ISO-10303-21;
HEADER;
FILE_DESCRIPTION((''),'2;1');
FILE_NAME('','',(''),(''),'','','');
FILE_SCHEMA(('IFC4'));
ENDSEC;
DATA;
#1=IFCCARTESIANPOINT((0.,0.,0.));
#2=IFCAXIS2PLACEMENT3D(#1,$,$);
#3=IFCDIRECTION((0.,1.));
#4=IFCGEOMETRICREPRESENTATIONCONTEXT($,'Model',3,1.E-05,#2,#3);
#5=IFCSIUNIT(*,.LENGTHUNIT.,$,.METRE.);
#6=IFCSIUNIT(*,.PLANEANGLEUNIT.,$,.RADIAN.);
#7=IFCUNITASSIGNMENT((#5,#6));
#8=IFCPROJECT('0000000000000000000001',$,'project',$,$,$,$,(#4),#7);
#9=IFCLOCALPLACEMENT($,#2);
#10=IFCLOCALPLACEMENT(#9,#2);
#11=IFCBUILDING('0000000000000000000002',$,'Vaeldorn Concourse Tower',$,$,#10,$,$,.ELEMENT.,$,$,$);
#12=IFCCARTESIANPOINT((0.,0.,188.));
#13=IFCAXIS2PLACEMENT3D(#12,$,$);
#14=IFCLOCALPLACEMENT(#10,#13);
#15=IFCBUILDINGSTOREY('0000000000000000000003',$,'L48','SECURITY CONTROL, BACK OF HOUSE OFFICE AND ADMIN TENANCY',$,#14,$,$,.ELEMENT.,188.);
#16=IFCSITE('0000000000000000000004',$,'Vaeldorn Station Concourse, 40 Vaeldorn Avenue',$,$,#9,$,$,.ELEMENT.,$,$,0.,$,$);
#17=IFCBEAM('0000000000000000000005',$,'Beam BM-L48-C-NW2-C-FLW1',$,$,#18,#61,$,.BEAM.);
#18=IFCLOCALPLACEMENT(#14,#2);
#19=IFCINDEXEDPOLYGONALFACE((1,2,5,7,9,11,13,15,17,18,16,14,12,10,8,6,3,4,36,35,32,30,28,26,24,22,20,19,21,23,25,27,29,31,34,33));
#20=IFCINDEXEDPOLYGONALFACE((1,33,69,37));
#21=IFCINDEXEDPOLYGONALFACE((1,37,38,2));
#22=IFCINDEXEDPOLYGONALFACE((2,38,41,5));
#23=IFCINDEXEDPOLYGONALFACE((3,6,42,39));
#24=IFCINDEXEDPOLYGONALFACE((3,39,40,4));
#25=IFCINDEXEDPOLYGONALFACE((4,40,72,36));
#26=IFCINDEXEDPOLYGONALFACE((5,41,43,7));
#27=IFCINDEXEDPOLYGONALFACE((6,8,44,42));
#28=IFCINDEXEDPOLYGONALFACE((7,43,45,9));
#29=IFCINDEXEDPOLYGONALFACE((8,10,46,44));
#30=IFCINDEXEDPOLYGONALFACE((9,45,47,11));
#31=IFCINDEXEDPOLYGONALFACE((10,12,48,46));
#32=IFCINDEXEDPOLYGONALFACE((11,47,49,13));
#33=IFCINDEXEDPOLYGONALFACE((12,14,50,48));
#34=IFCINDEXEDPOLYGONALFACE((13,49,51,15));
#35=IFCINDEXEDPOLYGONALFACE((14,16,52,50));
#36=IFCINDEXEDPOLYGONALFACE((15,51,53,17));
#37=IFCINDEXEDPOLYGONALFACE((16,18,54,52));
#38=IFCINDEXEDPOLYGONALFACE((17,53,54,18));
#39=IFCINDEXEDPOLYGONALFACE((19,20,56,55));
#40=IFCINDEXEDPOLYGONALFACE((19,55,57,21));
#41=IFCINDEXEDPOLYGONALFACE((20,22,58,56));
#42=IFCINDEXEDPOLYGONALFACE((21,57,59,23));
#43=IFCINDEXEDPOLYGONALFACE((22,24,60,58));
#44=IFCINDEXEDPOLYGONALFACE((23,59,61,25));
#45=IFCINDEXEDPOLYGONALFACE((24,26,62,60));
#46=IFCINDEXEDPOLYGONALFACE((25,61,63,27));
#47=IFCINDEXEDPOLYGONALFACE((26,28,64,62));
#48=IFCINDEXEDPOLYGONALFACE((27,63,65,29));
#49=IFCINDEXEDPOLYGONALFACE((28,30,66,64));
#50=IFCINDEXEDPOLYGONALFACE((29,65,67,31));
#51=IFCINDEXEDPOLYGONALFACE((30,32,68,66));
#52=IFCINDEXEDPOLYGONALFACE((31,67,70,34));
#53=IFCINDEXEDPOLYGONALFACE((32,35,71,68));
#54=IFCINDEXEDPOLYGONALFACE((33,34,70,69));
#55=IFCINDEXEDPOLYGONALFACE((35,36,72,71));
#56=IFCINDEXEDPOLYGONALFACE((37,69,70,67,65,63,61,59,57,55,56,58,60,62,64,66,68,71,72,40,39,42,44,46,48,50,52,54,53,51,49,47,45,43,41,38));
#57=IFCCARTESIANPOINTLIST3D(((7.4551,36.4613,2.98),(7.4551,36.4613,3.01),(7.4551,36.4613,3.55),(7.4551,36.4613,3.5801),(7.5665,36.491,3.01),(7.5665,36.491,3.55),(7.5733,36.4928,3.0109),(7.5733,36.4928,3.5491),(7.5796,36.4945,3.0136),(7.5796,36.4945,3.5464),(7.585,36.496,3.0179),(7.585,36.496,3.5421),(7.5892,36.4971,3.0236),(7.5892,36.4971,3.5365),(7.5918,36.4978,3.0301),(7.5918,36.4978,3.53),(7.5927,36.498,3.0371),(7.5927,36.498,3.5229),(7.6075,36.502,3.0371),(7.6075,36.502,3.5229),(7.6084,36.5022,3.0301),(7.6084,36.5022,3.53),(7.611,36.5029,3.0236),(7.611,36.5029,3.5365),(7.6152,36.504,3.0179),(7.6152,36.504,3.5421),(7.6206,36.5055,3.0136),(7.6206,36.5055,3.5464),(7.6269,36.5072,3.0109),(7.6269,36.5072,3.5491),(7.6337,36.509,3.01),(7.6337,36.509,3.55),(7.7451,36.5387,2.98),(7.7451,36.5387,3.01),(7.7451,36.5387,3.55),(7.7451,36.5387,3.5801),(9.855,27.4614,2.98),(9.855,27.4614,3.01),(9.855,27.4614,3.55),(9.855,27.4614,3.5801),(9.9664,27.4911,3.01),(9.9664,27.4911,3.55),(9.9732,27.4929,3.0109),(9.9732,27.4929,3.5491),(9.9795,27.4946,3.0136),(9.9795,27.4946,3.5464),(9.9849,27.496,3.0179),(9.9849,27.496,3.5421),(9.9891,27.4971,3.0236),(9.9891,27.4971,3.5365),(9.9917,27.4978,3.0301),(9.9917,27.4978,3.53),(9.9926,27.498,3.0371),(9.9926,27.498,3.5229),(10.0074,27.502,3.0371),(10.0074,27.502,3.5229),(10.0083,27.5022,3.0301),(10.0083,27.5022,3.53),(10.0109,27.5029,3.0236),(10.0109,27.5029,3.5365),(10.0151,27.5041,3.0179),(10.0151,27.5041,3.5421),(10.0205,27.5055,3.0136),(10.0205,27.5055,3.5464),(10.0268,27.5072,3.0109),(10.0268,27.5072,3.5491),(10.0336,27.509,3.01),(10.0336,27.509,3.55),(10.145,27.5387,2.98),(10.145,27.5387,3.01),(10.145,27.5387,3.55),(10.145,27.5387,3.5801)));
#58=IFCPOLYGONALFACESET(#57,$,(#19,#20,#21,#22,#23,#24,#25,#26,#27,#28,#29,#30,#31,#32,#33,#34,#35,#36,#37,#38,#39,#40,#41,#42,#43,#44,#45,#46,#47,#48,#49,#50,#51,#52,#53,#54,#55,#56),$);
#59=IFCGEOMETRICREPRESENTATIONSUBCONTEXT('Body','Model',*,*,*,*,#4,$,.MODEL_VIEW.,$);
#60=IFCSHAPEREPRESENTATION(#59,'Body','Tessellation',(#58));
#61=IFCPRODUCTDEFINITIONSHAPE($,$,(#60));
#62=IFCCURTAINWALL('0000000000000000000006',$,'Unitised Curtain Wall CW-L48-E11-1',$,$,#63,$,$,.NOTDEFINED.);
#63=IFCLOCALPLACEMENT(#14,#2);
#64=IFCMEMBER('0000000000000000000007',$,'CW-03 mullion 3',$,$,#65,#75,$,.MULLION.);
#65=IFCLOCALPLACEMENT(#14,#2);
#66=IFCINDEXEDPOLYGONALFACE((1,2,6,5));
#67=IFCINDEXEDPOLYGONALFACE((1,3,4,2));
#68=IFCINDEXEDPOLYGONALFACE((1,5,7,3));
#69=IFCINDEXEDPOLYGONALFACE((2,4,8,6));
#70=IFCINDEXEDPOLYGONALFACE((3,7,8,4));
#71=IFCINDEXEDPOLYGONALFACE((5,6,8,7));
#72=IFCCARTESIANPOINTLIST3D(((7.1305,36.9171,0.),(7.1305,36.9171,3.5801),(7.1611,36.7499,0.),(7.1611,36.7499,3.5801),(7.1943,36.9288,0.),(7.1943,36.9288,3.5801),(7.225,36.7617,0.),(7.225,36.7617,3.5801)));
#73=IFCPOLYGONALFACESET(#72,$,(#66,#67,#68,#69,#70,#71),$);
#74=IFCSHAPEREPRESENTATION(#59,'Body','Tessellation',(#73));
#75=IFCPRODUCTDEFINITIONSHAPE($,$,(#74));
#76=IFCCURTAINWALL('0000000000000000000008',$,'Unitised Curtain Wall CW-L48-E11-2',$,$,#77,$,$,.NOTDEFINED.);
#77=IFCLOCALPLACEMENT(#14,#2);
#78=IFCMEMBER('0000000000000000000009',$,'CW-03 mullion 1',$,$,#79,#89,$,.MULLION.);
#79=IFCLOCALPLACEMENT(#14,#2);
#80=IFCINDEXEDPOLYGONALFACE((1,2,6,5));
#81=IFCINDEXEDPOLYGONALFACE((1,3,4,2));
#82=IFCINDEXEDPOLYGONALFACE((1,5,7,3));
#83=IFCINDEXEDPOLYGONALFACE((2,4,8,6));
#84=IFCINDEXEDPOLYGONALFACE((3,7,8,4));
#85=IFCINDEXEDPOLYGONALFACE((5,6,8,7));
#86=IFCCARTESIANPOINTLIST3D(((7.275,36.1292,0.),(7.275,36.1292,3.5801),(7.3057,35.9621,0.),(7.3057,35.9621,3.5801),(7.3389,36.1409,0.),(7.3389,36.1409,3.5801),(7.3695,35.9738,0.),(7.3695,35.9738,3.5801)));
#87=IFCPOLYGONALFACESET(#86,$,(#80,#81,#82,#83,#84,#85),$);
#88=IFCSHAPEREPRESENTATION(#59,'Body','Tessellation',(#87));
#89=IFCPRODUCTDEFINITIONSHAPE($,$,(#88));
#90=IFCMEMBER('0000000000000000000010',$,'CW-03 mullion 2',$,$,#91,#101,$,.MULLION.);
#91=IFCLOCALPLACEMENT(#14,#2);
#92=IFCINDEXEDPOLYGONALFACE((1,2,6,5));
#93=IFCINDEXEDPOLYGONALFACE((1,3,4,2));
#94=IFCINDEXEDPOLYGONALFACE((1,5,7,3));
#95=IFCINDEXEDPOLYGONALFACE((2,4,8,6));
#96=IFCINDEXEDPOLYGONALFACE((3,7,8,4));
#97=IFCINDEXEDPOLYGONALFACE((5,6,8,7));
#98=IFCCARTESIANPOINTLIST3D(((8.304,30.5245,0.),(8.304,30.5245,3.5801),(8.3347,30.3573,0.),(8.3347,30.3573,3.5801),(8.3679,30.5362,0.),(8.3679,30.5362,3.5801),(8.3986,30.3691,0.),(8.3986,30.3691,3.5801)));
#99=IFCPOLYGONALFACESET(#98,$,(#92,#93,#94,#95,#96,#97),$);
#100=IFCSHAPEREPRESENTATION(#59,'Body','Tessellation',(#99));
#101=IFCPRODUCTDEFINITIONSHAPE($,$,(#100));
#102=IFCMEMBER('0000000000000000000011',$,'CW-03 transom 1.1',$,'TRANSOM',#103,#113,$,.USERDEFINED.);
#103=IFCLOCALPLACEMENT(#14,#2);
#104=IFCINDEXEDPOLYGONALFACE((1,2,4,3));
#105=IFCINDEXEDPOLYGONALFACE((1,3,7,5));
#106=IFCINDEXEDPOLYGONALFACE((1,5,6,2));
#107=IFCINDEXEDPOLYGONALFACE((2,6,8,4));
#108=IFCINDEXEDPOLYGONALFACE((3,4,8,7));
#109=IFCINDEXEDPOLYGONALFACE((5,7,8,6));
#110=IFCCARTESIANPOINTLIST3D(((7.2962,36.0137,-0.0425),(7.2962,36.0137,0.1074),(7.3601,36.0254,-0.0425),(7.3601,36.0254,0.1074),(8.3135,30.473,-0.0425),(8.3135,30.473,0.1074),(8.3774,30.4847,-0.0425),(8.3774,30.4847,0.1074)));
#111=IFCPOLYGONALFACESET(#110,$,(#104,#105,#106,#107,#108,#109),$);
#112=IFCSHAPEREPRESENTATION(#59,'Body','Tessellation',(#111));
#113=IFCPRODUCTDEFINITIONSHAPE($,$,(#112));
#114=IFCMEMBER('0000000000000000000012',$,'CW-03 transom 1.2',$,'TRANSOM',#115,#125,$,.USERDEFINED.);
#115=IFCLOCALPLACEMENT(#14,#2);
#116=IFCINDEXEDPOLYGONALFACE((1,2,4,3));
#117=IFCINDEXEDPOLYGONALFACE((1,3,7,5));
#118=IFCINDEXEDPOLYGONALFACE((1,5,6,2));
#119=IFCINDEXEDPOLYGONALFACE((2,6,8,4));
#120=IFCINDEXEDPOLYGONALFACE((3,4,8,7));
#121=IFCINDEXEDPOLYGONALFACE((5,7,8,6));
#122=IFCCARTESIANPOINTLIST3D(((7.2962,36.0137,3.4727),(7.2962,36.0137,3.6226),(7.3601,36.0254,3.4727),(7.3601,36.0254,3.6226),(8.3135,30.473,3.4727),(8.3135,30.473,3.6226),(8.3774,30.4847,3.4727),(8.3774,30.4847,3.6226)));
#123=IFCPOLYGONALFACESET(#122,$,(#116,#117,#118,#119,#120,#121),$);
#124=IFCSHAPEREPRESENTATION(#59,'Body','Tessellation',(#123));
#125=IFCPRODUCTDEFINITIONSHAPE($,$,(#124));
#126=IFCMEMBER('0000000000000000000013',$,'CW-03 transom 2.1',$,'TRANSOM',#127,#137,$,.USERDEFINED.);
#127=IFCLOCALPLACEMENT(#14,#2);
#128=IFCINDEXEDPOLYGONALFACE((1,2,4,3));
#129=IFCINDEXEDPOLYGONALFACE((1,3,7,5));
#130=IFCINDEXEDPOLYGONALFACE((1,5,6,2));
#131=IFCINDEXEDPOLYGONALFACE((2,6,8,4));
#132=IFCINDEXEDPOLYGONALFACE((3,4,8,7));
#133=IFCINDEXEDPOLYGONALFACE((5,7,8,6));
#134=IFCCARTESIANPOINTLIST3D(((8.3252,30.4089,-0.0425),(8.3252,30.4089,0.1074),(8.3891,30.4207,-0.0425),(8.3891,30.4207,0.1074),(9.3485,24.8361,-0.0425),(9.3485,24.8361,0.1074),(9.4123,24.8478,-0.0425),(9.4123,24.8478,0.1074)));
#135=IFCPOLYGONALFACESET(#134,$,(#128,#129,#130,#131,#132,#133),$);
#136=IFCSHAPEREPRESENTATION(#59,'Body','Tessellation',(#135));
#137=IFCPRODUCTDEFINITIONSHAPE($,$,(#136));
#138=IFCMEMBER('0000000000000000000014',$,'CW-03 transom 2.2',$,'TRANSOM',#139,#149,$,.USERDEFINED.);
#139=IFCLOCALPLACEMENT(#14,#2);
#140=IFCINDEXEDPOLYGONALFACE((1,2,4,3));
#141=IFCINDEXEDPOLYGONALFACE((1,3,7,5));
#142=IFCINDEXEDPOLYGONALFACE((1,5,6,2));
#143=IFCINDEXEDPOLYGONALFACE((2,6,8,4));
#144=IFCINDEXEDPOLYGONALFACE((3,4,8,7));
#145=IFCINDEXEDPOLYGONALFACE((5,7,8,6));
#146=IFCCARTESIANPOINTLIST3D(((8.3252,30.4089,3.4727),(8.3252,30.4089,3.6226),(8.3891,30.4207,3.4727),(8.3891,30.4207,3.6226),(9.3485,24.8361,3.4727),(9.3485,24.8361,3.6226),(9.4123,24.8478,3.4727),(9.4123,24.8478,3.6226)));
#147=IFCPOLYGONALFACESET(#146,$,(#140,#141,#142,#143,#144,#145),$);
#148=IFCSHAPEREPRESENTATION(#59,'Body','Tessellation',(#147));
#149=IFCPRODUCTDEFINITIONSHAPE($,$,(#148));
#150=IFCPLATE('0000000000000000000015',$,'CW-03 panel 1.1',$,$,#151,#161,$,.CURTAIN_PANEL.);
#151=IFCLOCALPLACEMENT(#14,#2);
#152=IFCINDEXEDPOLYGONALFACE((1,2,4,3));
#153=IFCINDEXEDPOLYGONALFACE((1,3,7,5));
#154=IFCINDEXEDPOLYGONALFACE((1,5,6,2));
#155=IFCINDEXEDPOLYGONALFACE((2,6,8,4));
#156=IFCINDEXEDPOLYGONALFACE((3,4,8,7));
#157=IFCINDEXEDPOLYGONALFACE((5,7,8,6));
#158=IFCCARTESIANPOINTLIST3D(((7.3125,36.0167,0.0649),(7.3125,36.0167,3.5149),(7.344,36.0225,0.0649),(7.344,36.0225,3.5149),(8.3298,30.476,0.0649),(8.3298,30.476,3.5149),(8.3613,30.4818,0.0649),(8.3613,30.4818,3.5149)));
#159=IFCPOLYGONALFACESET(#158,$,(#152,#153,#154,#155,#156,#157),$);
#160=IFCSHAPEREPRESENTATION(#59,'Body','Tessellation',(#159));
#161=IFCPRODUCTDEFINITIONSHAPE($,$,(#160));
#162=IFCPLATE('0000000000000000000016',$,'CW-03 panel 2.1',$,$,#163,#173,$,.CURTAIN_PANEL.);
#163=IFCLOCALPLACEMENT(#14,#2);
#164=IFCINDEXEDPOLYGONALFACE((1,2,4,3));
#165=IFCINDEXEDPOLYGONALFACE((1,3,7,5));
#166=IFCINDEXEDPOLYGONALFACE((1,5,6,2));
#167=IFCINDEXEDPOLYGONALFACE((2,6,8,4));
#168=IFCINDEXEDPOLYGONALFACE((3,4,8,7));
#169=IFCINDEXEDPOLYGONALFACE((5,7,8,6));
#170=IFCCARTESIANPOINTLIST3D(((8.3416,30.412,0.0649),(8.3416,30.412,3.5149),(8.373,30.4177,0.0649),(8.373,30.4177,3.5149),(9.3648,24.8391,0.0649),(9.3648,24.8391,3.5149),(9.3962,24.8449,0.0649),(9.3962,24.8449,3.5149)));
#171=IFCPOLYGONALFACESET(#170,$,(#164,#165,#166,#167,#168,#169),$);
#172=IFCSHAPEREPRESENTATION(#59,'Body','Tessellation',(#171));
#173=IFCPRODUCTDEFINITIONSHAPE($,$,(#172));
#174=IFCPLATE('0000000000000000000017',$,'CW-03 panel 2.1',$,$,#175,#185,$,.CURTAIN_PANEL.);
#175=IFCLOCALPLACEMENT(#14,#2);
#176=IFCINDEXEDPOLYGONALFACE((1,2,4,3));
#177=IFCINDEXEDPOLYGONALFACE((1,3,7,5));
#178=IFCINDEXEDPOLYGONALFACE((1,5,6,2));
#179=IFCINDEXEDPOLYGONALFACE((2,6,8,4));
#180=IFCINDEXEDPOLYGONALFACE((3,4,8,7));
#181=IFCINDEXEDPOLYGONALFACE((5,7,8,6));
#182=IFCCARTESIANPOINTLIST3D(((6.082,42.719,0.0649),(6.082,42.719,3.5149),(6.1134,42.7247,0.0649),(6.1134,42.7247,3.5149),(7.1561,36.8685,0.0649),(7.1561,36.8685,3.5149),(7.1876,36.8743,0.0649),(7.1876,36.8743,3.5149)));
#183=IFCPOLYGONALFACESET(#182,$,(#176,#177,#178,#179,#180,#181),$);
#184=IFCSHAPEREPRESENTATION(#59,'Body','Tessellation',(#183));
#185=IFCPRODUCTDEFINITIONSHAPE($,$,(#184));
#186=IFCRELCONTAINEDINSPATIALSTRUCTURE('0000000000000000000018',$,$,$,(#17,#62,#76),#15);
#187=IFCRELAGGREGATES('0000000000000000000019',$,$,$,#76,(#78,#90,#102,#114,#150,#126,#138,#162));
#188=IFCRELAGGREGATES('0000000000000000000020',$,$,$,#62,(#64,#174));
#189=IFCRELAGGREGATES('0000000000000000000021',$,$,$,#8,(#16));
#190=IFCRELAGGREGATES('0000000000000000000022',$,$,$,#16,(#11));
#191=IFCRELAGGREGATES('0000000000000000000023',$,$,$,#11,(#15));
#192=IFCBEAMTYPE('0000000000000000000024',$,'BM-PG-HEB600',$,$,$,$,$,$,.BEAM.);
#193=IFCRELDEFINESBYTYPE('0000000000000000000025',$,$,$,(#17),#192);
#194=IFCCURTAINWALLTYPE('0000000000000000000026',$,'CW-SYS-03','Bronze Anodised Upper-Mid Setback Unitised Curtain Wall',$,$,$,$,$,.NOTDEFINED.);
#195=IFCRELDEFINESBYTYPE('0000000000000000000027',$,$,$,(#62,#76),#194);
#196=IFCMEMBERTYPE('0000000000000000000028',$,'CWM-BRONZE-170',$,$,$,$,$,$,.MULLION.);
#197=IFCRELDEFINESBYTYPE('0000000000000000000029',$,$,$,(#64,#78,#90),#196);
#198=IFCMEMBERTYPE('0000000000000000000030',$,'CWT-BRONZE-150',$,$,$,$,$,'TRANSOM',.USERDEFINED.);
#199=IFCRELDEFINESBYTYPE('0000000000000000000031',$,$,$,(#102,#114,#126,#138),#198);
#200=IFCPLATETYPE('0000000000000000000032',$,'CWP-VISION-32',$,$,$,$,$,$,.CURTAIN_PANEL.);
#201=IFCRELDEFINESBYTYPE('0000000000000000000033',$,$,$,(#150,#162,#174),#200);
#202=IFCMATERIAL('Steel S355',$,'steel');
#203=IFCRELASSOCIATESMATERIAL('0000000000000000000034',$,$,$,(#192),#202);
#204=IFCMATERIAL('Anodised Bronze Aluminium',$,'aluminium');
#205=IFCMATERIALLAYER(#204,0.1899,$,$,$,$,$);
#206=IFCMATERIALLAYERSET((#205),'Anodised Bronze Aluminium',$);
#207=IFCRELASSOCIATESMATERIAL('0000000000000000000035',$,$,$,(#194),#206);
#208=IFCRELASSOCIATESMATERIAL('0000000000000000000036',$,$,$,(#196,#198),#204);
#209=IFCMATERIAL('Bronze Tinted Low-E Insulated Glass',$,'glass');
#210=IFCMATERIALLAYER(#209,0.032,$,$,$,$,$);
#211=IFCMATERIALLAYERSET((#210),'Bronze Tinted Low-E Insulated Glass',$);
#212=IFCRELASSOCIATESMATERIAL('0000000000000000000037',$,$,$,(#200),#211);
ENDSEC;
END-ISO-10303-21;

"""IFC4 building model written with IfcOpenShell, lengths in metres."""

from ifc_helpers import new_model, si_unit, direction, frame, origin, origin_2d, place, context, subcontext, project, spatial, rectangle, i_section, extrude, source, transform, mapped, material, layer, layer_set, material_profile, profile_set, type_object, element, aggregate, save


model = new_model("IFC4")

# Units and contexts
model_context = context("Model", 3, precision=1e-05, world=origin(), true_north=direction((0.0, 1.0)))
body_context = subcontext(model_context, "Body", "Model", "MODEL_VIEW")
ifc_project = project(units=[si_unit("LENGTHUNIT", "METRE"), si_unit("PLANEANGLEUNIT", "RADIAN")], contexts=[model_context])

# Site, building, storey
site_placement = place(None, origin())
site = spatial("IfcSite", under=ifc_project, at=site_placement, Name="Vaeldorn Station Concourse, 40 Vaeldorn Avenue", CompositionType="ELEMENT", RefElevation=0.0)
building_placement = place(site_placement, origin())
building = spatial("IfcBuilding", under=site, at=building_placement, Name="Vaeldorn Concourse Tower", CompositionType="ELEMENT")
storey_placement = place(building_placement, frame((0.0, 0.0, 188.0)))
storey = spatial("IfcBuildingStorey", under=building, at=storey_placement, Name="L48", Description="SECURITY CONTROL, BACK OF HOUSE OFFICE AND ADMIN TENANCY", CompositionType="ELEMENT", Elevation=188.0)

# Beam
ifc_material_1 = material(Name="Steel S355", Category="steel")
ifc_material_profile_1 = material_profile(ifc_material_1, i_section(OverallWidth=0.3, OverallDepth=0.6001, WebThickness=0.0154, FlangeThickness=0.03, FilletRadius=0.0271, at=origin_2d()), Name="HEB 600")
ifc_profile_set_1 = profile_set([ifc_material_profile_1], Name="Steel S355")
beam_type_1 = type_object("IfcBeamType", Name="BM-PG-HEB600", PredefinedType="BEAM", material=ifc_profile_set_1)
shared_shape_1 = source(origin(), body_context, "Body", "SweptSolid", [
    extrude(i_section(OverallWidth=0.3, OverallDepth=0.6001, WebThickness=0.0154, FlangeThickness=0.03, FilletRadius=0.0271, at=origin_2d()), origin(), (0.0, 0.0, 1.0), 9.3145),
])
beam_1_placement = place(storey_placement, frame((7.6001, 36.5, 3.28), z_axis=(0.257653, -0.966238, 0.0), x_axis=(0.966238, 0.257653, 0.0)))
element("IfcBeam", 1, at=beam_1_placement, inside=storey, type_object=beam_type_1, Name="Beam BM-L48-C-NW2-C-FLW1", PredefinedType="BEAM", context=body_context, shape_type="MappedRepresentation", body=[
    mapped(shared_shape_1, transform((0.0, 0.0, 0.0), scale=1.0)),
])

# Curtain wall, member
ifc_material_2 = material(Name="Anodised Bronze Aluminium", Category="aluminium")
ifc_layer_1 = layer(ifc_material_2, 0.1899)
ifc_layer_set_1 = layer_set([ifc_layer_1], Name="Anodised Bronze Aluminium")
curtain_wall_type = type_object("IfcCurtainWallType", Name="CW-SYS-03", Description="Bronze Anodised Upper-Mid Setback Unitised Curtain Wall", PredefinedType="NOTDEFINED", material=ifc_layer_set_1)
curtain_wall_1_placement = place(storey_placement, origin())
curtain_wall_1 = element("IfcCurtainWall", 2, at=curtain_wall_1_placement, inside=storey, type_object=curtain_wall_type, Name="Unitised Curtain Wall CW-L48-E11-1", PredefinedType="NOTDEFINED")
ifc_material_profile_2 = material_profile(ifc_material_2, rectangle(XDim=0.0649, YDim=0.1699, at=origin_2d()), Name="CWM 65x170")
ifc_profile_set_2 = profile_set([ifc_material_profile_2], Name="Anodised Bronze Aluminium")
member_type_1 = type_object("IfcMemberType", Name="CWM-BRONZE-170", PredefinedType="MULLION", material=ifc_profile_set_2)
shared_shape_2 = source(origin(), body_context, "Body", "SweptSolid", [
    extrude(rectangle(XDim=0.0649, YDim=0.1699, at=origin_2d()), origin(), (0.0, 0.0, 1.0), 3.5801),
])
member_1_placement = place(storey_placement, frame((7.1777, 36.8394, 0.0), z_axis=(0.0, 0.0, 1.0), x_axis=(0.983559, 0.180585, 0.0)))
member_1 = element("IfcMember", 3, at=member_1_placement, type_object=member_type_1, Name="CW-03 mullion 3", PredefinedType="MULLION", context=body_context, shape_type="MappedRepresentation", body=[
    mapped(shared_shape_2, transform((0.0, 0.0, 0.0), scale=1.0)),
])

# Curtain wall, members, plates
curtain_wall_2_placement = place(storey_placement, origin())
curtain_wall_2 = element("IfcCurtainWall", 4, at=curtain_wall_2_placement, inside=storey, type_object=curtain_wall_type, Name="Unitised Curtain Wall CW-L48-E11-2", PredefinedType="NOTDEFINED")
member_2_placement = place(storey_placement, frame((7.3223, 36.0515, 0.0), z_axis=(0.0, 0.0, 1.0), x_axis=(0.983559, 0.180585, 0.0)))
member_2 = element("IfcMember", 5, at=member_2_placement, type_object=member_type_1, Name="CW-03 mullion 1", PredefinedType="MULLION", context=body_context, shape_type="MappedRepresentation", body=[
    mapped(shared_shape_2, transform((0.0, 0.0, 0.0), scale=1.0)),
])
member_3_placement = place(storey_placement, frame((8.3513, 30.4468, 0.0), z_axis=(0.0, 0.0, 1.0), x_axis=(0.983559, 0.180585, 0.0)))
member_3 = element("IfcMember", 6, at=member_3_placement, type_object=member_type_1, Name="CW-03 mullion 2", PredefinedType="MULLION", context=body_context, shape_type="MappedRepresentation", body=[
    mapped(shared_shape_2, transform((0.0, 0.0, 0.0), scale=1.0)),
])
ifc_material_profile_3 = material_profile(ifc_material_2, rectangle(XDim=0.0649, YDim=0.1499, at=origin_2d()), Name="CWT 65x150")
ifc_profile_set_3 = profile_set([ifc_material_profile_3], Name="Anodised Bronze Aluminium")
member_type_2 = type_object("IfcMemberType", Name="CWT-BRONZE-150", ElementType="TRANSOM", PredefinedType="USERDEFINED", material=ifc_profile_set_3)
shared_shape_3 = source(origin(), body_context, "Body", "SweptSolid", [
    extrude(rectangle(XDim=0.0649, YDim=0.1499, at=origin_2d()), origin(), (0.0, 0.0, 1.0), 5.6333),
])
member_4_placement = place(storey_placement, frame((7.3281, 36.0195, 0.0325), z_axis=(0.18059, -0.983558, 0.0), x_axis=(0.983558, 0.18059, 0.0)))
member_4 = element("IfcMember", 7, at=member_4_placement, type_object=member_type_2, Name="CW-03 transom 1.1", ObjectType="TRANSOM", PredefinedType="USERDEFINED", context=body_context, shape_type="MappedRepresentation", body=[
    mapped(shared_shape_3, transform((0.0, 0.0, 0.0), scale=1.0)),
])
member_5_placement = place(storey_placement, frame((7.3281, 36.0195, 3.5476), z_axis=(0.18059, -0.983558, 0.0), x_axis=(0.983558, 0.18059, 0.0)))
member_5 = element("IfcMember", 8, at=member_5_placement, type_object=member_type_2, Name="CW-03 transom 1.2", ObjectType="TRANSOM", PredefinedType="USERDEFINED", context=body_context, shape_type="MappedRepresentation", body=[
    mapped(shared_shape_3, transform((0.0, 0.0, 0.0), scale=1.0)),
])
shared_shape_4 = source(origin(), body_context, "Body", "SweptSolid", [
    extrude(rectangle(XDim=0.0649, YDim=0.1499, at=origin_2d()), origin(), (0.0, 0.0, 1.0), 5.666),
])
member_6_placement = place(storey_placement, frame((8.3572, 30.4148, 0.0325), z_axis=(0.180588, -0.983559, 0.0), x_axis=(0.983559, 0.180588, 0.0)))
member_6 = element("IfcMember", 9, at=member_6_placement, type_object=member_type_2, Name="CW-03 transom 2.1", ObjectType="TRANSOM", PredefinedType="USERDEFINED", context=body_context, shape_type="MappedRepresentation", body=[
    mapped(shared_shape_4, transform((0.0, 0.0, 0.0), scale=1.0)),
])
member_7_placement = place(storey_placement, frame((8.3572, 30.4148, 3.5476), z_axis=(0.180588, -0.983559, 0.0), x_axis=(0.983559, 0.180588, 0.0)))
member_7 = element("IfcMember", 10, at=member_7_placement, type_object=member_type_2, Name="CW-03 transom 2.2", ObjectType="TRANSOM", PredefinedType="USERDEFINED", context=body_context, shape_type="MappedRepresentation", body=[
    mapped(shared_shape_4, transform((0.0, 0.0, 0.0), scale=1.0)),
])
ifc_material_3 = material(Name="Bronze Tinted Low-E Insulated Glass", Category="glass")
ifc_layer_2 = layer(ifc_material_3, 0.032)
ifc_layer_set_2 = layer_set([ifc_layer_2], Name="Bronze Tinted Low-E Insulated Glass")
plate_type = type_object("IfcPlateType", Name="CWP-VISION-32", PredefinedType="CURTAIN_PANEL", material=ifc_layer_set_2)
shared_shape_5 = source(origin(), body_context, "Body", "SweptSolid", [
    extrude(rectangle(XDim=5.6333, YDim=0.032, at=origin_2d()), origin(), (0.0, 0.0, 1.0), 3.45),
])
plate_1_placement = place(storey_placement, frame((7.8369, 33.2493, 0.0649), z_axis=(0.0, 0.0, 1.0), x_axis=(0.180585, -0.983559, 0.0)))
plate_1 = element("IfcPlate", 11, at=plate_1_placement, type_object=plate_type, Name="CW-03 panel 1.1", PredefinedType="CURTAIN_PANEL", context=body_context, shape_type="MappedRepresentation", body=[
    mapped(shared_shape_5, transform((0.0, 0.0, 0.0), scale=1.0)),
])
shared_shape_6 = source(origin(), body_context, "Body", "SweptSolid", [
    extrude(rectangle(XDim=5.666, YDim=0.032, at=origin_2d()), origin(), (0.0, 0.0, 1.0), 3.45),
])
plate_2_placement = place(storey_placement, frame((8.8689, 27.6284, 0.0649), z_axis=(0.0, 0.0, 1.0), x_axis=(0.180585, -0.983559, 0.0)))
plate_2 = element("IfcPlate", 12, at=plate_2_placement, type_object=plate_type, Name="CW-03 panel 2.1", PredefinedType="CURTAIN_PANEL", context=body_context, shape_type="MappedRepresentation", body=[
    mapped(shared_shape_6, transform((0.0, 0.0, 0.0), scale=1.0)),
])
aggregate(curtain_wall_2, [member_2, member_3, member_4, member_5, plate_1, member_6, member_7, plate_2])

# Plate
shared_shape_7 = source(origin(), body_context, "Body", "SweptSolid", [
    extrude(rectangle(XDim=5.9482, YDim=0.032, at=origin_2d()), origin(), (0.0, 0.0, 1.0), 3.45),
])
plate_3_placement = place(storey_placement, frame((6.6348, 39.7966, 0.0649), z_axis=(0.0, 0.0, 1.0), x_axis=(0.180585, -0.983559, 0.0)))
plate_3 = element("IfcPlate", 13, at=plate_3_placement, type_object=plate_type, Name="CW-03 panel 2.1", PredefinedType="CURTAIN_PANEL", context=body_context, shape_type="MappedRepresentation", body=[
    mapped(shared_shape_7, transform((0.0, 0.0, 0.0), scale=1.0)),
])
aggregate(curtain_wall_1, [member_1, plate_3])

save(model, "model.ifc")
